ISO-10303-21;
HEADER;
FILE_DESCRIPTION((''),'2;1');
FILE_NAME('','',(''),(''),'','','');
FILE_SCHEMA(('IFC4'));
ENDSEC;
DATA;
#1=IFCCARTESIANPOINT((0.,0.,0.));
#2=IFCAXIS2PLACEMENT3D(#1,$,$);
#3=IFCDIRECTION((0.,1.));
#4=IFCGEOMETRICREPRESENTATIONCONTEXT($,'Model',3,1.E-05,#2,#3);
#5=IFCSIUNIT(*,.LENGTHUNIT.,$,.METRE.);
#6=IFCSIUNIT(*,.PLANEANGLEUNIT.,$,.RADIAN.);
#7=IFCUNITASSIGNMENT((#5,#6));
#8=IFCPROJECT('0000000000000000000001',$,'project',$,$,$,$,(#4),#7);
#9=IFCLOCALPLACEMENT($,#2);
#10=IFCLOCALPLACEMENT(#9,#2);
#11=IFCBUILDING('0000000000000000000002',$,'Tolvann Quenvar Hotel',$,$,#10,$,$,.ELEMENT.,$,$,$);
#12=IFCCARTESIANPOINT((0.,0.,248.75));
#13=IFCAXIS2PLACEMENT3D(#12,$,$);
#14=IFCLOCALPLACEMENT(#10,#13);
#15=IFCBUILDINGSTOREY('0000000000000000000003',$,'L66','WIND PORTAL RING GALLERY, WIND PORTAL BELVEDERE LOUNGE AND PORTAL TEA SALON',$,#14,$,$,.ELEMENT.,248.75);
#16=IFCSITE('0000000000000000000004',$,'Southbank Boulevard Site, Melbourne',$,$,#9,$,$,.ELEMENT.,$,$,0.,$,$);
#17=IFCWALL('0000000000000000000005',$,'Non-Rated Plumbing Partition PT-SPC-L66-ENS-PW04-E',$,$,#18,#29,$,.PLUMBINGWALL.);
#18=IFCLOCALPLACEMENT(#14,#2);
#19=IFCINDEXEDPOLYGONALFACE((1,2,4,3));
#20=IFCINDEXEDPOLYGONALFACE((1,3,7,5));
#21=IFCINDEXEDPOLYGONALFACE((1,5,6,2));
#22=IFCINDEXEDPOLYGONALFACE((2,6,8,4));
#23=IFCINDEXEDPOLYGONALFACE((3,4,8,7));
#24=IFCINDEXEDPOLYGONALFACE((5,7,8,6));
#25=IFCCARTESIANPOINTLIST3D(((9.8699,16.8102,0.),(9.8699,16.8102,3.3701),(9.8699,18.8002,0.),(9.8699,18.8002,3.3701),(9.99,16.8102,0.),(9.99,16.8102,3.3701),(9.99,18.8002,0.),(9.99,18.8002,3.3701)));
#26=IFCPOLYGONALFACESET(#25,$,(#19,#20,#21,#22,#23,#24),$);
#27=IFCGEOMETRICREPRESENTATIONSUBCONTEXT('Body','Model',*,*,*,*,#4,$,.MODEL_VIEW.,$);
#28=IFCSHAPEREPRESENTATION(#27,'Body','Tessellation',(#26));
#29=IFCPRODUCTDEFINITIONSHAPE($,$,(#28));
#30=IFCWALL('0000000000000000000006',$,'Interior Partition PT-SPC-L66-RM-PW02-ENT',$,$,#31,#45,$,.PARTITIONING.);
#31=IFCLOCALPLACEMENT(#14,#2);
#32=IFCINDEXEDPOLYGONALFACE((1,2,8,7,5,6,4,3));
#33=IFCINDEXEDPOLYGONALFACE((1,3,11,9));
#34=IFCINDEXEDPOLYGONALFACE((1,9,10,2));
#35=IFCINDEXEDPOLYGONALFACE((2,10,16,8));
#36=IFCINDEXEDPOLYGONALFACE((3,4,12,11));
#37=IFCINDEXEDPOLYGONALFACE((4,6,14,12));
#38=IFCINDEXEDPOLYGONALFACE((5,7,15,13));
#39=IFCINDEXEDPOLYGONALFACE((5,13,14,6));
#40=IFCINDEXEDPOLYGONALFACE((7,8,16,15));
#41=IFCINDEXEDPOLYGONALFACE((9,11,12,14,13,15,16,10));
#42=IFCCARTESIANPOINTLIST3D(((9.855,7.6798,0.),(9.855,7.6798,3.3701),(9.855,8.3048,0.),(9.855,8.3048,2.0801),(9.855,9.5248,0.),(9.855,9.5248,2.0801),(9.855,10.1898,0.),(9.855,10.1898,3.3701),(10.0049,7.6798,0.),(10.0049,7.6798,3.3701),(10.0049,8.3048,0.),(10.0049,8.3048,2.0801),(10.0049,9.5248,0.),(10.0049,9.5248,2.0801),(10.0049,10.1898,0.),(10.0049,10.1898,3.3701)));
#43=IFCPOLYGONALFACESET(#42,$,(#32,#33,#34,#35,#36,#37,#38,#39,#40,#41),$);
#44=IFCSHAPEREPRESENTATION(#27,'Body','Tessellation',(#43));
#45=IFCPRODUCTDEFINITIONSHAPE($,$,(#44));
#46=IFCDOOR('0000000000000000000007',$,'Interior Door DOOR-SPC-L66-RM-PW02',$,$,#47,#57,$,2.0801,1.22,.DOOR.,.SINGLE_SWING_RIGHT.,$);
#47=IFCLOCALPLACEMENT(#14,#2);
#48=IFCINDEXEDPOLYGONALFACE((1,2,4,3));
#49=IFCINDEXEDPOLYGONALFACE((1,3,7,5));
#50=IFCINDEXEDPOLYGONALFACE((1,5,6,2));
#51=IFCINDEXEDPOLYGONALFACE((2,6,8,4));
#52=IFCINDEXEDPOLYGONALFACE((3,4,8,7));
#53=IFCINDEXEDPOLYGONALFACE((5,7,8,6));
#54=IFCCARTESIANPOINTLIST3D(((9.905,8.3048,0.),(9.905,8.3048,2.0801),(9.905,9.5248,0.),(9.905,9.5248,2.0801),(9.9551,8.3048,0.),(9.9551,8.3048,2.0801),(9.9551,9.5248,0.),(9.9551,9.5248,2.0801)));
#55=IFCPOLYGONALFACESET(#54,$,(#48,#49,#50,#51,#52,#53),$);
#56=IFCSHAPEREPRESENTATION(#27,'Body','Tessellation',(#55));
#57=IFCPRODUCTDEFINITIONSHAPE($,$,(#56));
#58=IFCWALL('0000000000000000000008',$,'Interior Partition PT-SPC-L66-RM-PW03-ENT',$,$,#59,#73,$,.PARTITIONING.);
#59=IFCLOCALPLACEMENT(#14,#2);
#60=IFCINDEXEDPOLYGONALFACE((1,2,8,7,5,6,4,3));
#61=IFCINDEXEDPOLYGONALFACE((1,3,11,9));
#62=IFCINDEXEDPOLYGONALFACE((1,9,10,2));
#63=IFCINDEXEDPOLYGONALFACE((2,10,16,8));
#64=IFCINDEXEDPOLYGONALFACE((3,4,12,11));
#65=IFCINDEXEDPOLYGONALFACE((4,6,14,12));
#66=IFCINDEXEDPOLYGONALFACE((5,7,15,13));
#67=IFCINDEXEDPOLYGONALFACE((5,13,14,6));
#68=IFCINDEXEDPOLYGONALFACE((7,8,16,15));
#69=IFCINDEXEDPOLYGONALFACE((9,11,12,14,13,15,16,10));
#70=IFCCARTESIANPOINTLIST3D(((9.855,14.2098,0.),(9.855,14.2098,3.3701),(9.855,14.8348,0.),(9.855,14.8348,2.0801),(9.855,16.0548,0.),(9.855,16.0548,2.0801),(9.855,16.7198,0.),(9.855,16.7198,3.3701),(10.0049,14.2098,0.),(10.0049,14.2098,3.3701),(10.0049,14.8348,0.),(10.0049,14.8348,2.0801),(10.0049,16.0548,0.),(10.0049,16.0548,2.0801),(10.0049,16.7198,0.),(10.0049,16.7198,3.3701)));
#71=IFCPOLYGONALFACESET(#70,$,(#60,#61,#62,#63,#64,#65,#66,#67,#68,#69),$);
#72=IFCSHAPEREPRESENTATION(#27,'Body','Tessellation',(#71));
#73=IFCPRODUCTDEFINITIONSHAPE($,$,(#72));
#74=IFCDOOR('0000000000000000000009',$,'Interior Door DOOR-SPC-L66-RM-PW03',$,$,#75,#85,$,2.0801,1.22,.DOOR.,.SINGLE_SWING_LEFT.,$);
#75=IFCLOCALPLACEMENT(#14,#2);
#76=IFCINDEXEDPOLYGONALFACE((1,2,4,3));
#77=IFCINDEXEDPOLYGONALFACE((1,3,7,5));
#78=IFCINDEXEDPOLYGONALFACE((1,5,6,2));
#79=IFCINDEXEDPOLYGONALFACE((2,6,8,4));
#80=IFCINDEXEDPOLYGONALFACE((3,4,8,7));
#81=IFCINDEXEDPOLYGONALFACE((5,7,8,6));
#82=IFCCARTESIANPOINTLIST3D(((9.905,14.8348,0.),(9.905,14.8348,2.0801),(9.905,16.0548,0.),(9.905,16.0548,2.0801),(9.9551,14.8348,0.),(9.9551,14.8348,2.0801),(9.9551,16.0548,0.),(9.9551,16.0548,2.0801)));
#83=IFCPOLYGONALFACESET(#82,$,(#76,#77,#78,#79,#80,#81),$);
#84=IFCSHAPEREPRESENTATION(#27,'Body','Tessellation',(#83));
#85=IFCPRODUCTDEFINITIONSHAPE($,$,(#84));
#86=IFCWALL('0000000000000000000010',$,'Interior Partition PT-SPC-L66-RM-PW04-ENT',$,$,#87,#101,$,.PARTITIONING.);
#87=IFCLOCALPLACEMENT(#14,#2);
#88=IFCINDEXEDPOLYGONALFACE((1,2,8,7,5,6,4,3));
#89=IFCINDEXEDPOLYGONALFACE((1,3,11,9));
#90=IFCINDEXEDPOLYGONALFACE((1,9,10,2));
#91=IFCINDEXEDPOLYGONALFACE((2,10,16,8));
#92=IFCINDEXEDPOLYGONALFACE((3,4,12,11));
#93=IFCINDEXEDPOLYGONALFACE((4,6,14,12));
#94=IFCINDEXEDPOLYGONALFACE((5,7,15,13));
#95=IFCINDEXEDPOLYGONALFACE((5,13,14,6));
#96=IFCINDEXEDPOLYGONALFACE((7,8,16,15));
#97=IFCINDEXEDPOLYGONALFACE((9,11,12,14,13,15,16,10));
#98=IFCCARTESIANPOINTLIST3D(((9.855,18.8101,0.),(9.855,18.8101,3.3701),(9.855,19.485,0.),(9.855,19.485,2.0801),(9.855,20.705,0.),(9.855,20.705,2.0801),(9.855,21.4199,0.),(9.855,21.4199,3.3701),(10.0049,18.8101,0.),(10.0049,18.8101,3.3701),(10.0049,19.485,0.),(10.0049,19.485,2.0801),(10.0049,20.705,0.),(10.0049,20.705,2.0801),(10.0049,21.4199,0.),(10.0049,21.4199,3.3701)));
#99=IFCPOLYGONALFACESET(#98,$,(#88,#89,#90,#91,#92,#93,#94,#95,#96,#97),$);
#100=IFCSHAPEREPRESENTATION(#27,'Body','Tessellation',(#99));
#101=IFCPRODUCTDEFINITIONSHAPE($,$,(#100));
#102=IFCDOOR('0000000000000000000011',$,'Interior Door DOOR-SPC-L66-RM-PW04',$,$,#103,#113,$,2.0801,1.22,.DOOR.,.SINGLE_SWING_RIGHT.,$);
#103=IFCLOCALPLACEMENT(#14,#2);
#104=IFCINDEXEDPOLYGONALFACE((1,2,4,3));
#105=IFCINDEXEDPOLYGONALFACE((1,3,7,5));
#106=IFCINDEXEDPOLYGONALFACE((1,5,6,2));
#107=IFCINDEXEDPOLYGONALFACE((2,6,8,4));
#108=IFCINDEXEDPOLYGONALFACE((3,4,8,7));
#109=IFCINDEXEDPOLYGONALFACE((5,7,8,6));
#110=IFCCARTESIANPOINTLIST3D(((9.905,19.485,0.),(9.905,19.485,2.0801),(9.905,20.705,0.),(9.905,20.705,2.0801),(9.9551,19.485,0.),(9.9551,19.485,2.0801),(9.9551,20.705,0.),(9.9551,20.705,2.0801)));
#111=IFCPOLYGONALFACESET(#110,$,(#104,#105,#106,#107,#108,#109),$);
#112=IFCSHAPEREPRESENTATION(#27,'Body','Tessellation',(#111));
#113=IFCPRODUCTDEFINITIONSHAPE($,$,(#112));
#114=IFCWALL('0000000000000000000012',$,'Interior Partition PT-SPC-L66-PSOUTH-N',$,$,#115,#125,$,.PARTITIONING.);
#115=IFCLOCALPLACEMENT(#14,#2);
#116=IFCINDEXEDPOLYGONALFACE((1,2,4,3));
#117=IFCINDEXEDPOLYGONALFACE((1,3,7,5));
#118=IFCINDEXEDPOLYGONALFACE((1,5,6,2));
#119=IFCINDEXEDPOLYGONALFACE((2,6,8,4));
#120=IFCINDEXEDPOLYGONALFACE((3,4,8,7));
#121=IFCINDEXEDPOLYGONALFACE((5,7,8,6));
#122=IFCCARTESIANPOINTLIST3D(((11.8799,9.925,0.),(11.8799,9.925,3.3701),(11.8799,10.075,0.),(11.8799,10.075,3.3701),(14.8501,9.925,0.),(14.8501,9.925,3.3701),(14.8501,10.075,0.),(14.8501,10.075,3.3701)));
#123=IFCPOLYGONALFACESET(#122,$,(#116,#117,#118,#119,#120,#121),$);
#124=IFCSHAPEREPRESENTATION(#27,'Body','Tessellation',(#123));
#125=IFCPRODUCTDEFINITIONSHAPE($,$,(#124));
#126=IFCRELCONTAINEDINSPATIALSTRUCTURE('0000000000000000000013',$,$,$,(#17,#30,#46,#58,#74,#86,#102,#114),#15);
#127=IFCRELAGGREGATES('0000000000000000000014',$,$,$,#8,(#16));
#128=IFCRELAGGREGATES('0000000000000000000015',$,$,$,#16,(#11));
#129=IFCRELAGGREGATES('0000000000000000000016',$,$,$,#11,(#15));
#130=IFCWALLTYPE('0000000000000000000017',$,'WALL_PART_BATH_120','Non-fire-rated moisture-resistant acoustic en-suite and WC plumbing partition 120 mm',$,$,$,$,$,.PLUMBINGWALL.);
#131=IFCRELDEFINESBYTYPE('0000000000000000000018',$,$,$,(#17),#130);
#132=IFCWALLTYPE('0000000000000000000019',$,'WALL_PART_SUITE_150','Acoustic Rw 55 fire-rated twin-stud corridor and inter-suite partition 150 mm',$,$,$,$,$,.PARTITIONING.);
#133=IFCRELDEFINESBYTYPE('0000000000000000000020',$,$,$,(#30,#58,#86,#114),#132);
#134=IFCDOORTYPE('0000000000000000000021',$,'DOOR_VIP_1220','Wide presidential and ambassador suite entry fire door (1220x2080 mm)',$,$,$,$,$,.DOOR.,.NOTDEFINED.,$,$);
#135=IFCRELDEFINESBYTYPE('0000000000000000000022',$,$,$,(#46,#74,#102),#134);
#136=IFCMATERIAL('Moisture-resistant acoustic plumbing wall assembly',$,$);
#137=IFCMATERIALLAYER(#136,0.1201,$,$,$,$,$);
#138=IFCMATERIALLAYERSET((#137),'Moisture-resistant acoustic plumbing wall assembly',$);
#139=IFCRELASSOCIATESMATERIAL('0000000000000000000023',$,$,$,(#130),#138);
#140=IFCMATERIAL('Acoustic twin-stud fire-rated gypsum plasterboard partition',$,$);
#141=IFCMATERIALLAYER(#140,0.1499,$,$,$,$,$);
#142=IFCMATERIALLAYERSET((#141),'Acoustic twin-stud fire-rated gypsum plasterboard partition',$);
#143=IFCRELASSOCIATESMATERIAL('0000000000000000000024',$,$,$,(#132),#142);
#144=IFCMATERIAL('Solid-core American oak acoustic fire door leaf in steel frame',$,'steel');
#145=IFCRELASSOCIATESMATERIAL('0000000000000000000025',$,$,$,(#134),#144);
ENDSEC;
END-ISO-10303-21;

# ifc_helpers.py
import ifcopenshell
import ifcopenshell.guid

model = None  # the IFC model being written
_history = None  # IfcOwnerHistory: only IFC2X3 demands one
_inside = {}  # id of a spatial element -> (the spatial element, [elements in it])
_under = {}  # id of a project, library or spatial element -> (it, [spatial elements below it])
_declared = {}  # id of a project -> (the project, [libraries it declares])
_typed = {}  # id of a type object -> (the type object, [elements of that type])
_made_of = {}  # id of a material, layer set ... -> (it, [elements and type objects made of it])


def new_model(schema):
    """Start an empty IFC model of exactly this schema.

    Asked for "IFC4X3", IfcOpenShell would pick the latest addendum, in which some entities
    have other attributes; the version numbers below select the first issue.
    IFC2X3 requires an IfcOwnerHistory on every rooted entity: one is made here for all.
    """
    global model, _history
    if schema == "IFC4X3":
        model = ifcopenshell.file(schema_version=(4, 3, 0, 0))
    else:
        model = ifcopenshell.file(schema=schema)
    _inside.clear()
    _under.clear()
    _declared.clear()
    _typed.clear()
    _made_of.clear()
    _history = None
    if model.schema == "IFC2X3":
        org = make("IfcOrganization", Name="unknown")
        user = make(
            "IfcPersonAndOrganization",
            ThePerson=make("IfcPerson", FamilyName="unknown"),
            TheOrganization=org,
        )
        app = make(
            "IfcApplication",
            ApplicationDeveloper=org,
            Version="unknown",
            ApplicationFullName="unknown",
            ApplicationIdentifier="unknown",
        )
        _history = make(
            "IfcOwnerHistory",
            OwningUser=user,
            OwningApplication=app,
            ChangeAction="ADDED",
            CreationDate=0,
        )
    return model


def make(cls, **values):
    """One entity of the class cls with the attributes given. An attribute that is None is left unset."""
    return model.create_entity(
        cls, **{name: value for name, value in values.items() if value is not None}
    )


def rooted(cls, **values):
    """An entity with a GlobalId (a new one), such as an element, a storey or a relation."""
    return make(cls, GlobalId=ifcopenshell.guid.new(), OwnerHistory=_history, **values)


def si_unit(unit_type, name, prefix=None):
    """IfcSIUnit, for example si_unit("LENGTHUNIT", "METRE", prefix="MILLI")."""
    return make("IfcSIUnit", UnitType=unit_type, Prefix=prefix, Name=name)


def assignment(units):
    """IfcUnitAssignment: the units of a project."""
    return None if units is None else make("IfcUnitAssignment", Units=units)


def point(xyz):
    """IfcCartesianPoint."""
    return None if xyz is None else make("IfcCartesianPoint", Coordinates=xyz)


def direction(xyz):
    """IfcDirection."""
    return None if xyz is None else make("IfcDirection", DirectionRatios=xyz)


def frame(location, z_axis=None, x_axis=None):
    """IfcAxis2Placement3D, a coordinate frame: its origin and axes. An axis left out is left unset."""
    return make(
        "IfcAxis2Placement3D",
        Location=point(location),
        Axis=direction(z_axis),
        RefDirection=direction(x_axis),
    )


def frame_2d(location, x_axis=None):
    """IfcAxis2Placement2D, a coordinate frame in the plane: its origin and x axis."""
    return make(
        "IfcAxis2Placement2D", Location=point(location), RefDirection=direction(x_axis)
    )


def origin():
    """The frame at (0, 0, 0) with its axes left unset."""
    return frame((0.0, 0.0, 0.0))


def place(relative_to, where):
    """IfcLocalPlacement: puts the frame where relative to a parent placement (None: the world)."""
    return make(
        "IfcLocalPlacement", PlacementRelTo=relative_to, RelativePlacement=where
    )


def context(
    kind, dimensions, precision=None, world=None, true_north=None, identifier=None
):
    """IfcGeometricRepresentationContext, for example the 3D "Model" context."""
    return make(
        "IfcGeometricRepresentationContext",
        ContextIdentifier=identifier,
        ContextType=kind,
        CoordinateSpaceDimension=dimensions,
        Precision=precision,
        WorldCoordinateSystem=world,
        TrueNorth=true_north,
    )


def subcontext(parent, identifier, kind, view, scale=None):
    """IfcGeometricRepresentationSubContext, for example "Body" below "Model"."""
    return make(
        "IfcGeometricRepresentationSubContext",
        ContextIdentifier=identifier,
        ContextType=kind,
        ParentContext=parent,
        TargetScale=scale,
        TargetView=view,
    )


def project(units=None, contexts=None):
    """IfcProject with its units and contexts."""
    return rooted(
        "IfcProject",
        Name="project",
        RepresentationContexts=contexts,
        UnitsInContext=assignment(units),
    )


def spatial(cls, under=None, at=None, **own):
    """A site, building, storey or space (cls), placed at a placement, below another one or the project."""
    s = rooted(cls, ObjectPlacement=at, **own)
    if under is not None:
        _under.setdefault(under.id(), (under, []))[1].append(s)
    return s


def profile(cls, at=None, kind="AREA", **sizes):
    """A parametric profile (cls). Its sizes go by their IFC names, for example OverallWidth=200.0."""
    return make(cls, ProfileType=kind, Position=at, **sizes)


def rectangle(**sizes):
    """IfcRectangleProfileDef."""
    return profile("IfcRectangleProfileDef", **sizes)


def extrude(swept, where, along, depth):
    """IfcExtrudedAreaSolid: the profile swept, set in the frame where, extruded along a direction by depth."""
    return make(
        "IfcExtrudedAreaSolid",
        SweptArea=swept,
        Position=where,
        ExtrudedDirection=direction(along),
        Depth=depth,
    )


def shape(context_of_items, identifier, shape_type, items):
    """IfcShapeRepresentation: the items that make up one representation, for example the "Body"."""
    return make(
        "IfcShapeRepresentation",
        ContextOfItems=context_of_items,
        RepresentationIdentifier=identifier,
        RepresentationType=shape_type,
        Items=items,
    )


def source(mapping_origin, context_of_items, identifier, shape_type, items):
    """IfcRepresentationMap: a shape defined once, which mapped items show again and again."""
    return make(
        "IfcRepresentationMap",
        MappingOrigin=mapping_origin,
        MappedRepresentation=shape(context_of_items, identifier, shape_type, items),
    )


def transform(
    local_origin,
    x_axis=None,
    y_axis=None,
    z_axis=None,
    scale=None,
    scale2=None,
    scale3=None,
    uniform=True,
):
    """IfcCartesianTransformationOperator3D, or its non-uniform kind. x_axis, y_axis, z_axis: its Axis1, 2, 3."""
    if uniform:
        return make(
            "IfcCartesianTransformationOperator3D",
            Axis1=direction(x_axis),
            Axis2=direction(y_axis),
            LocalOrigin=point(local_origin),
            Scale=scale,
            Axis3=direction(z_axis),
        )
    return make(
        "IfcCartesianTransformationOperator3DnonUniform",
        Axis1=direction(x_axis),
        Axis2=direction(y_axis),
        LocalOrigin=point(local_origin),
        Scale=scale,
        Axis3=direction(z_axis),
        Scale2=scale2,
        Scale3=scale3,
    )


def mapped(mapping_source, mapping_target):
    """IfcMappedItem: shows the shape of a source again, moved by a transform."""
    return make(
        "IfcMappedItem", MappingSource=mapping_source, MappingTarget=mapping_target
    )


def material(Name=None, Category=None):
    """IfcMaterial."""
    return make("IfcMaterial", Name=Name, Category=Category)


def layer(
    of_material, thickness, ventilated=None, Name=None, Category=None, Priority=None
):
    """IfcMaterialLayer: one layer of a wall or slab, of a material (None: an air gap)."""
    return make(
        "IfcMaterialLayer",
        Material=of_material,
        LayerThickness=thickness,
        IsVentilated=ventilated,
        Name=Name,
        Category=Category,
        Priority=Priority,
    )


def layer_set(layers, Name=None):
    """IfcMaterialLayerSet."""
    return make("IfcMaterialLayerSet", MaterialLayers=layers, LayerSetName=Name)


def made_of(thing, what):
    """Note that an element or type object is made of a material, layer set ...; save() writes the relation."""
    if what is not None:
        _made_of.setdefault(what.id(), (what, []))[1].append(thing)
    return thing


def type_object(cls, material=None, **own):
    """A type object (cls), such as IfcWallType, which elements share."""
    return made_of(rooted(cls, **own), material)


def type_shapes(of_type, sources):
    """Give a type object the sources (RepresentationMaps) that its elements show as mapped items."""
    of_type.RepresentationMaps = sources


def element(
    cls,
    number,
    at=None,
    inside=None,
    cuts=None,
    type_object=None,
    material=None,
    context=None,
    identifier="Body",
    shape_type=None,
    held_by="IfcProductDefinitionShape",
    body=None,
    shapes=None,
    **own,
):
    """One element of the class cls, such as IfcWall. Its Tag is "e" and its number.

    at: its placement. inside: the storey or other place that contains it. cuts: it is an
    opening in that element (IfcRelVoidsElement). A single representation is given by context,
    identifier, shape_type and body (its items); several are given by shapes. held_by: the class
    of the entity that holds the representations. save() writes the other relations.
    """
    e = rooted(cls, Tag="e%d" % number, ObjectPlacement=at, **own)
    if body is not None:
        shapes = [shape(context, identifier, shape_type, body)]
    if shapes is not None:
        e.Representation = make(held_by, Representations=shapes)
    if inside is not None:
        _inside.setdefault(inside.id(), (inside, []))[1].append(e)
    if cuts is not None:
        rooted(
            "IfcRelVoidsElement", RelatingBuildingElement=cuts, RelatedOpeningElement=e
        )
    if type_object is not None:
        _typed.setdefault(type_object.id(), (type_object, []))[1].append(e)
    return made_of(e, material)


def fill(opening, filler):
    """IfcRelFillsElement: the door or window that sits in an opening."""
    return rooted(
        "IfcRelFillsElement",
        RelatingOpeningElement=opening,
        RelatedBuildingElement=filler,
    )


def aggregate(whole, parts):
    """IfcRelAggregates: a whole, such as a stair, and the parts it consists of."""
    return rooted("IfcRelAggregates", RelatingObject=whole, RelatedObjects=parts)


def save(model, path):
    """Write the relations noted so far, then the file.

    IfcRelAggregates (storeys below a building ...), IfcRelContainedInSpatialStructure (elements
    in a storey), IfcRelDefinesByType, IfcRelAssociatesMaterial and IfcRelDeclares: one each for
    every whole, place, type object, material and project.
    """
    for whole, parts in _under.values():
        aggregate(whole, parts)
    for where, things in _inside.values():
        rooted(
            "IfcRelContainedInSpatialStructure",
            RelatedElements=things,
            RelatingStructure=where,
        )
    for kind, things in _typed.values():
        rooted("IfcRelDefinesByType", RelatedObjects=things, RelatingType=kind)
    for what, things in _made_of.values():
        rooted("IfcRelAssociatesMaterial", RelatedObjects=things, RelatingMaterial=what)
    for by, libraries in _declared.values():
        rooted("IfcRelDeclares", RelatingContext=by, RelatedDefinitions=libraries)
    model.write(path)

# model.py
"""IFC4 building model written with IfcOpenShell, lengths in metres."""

from ifc_helpers import new_model, si_unit, direction, frame, frame_2d, origin, place, context, subcontext, project, spatial, rectangle, extrude, source, transform, mapped, material, layer, layer_set, type_object, type_shapes, element, fill, save


model = new_model("IFC4")

# Units and contexts
model_context = context("Model", 3, precision=1e-05, world=origin(), true_north=direction((0.0, 1.0)))
body_context = subcontext(model_context, "Body", "Model", "MODEL_VIEW")
ifc_project = project(units=[si_unit("LENGTHUNIT", "METRE"), si_unit("PLANEANGLEUNIT", "RADIAN")], contexts=[model_context])

# Site, building, storey
site_placement = place(None, origin())
site = spatial("IfcSite", under=ifc_project, at=site_placement, Name="Southbank Boulevard Site, Melbourne", CompositionType="ELEMENT", RefElevation=0.0)
building_placement = place(site_placement, origin())
building = spatial("IfcBuilding", under=site, at=building_placement, Name="Tolvann Quenvar Hotel", CompositionType="ELEMENT")
storey_placement = place(building_placement, frame((0.0, 0.0, 248.75)))
storey = spatial("IfcBuildingStorey", under=building, at=storey_placement, Name="L66", Description="WIND PORTAL RING GALLERY, WIND PORTAL BELVEDERE LOUNGE AND PORTAL TEA SALON", CompositionType="ELEMENT", Elevation=248.75)

# Shared definitions
ifc_material_1 = material(Name="Acoustic twin-stud fire-rated gypsum plasterboard partition")

# Shared definitions
ifc_material_2 = material(Name="Solid-core American oak acoustic fire door leaf in steel frame", Category="steel")

# Wall
ifc_material_3 = material(Name="Moisture-resistant acoustic plumbing wall assembly")
ifc_layer_1 = layer(ifc_material_3, 0.1201)
ifc_layer_set_1 = layer_set([ifc_layer_1], Name="Moisture-resistant acoustic plumbing wall assembly")
wall_type_1 = type_object("IfcWallType", Name="WALL_PART_BATH_120", Description="Non-fire-rated moisture-resistant acoustic en-suite and WC plumbing partition 120 mm", PredefinedType="PLUMBINGWALL", material=ifc_layer_set_1)
for number, where, z_axis, x_axis, name in (
    (1, (9.9299, 16.8101, 0.0), (0.0, 0.0, 1.0), (0.0, 1.0, 0.0), "Non-Rated Plumbing Partition PT-SPC-L66-ENS-PW04-E"),
):
    element("IfcWall", number, at=place(storey_placement, frame(where, z_axis=z_axis, x_axis=x_axis)), inside=storey, type_object=wall_type_1, Name=name, PredefinedType="PLUMBINGWALL", context=body_context, shape_type="SweptSolid", body=[
        extrude(rectangle(XDim=1.99, YDim=0.1201, at=frame_2d((0.9951, 0.0))), origin(), (0.0, 0.0, 1.0), 3.3701),
    ])

# Walls, openings, doors
ifc_layer_2 = layer(ifc_material_1, 0.1499)
ifc_layer_set_2 = layer_set([ifc_layer_2], Name="Acoustic twin-stud fire-rated gypsum plasterboard partition")
wall_type_2 = type_object("IfcWallType", Name="WALL_PART_SUITE_150", Description="Acoustic Rw 55 fire-rated twin-stud corridor and inter-suite partition 150 mm", PredefinedType="PARTITIONING", material=ifc_layer_set_2)
wall_1_placement = place(storey_placement, frame((9.9299, 7.6799, 0.0), z_axis=(0.0, 0.0, 1.0), x_axis=(0.0, 1.0, 0.0)))
wall_1 = element("IfcWall", 2, at=wall_1_placement, inside=storey, type_object=wall_type_2, Name="Interior Partition PT-SPC-L66-RM-PW02-ENT", PredefinedType="PARTITIONING", context=body_context, shape_type="SweptSolid", body=[
    extrude(rectangle(XDim=2.51, YDim=0.1499, at=frame_2d((1.2549, 0.0))), origin(), (0.0, 0.0, 1.0), 3.3701),
])
opening_1_placement = place(wall_1_placement, frame((0.625, 0.0, 0.0)))
opening_1 = element("IfcOpeningElement", 3, at=opening_1_placement, cuts=wall_1, PredefinedType="OPENING", context=body_context, shape_type="SweptSolid", body=[
    extrude(rectangle(XDim=1.22, YDim=2.0801, at=frame_2d((0.6099, 1.04))), frame((0.0, 0.085, 0.0), z_axis=(0.0, -1.0, 0.0), x_axis=(1.0, 0.0, 0.0)), (0.0, 0.0, 1.0), 0.1699),
])
door_type_1 = type_object("IfcDoorType", Name="DOOR_VIP_1220", Description="Wide presidential and ambassador suite entry fire door (1220x2080 mm)", OperationType="NOTDEFINED", PredefinedType="DOOR", material=ifc_material_2)
shared_shape_1 = source(origin(), body_context, "Body", "SweptSolid", [
    extrude(rectangle(XDim=1.22, YDim=2.0801, at=frame_2d((0.6099, 1.04))), frame((0.0, 0.0249, 0.0), z_axis=(0.0, -1.0, 0.0), x_axis=(1.0, 0.0, 0.0)), (0.0, 0.0, 1.0), 0.05),
])
type_shapes(door_type_1, [shared_shape_1])
door_1_placement = place(opening_1_placement, origin())
door_1 = element("IfcDoor", 4, at=door_1_placement, inside=storey, type_object=door_type_1, Name="Interior Door DOOR-SPC-L66-RM-PW02", OperationType="SINGLE_SWING_RIGHT", OverallHeight=2.0801, OverallWidth=1.22, PredefinedType="DOOR", context=body_context, shape_type="MappedRepresentation", body=[
    mapped(shared_shape_1, transform((0.0, 0.0, 0.0), x_axis=(1.0, 0.0, 0.0), y_axis=(0.0, 1.0, 0.0), z_axis=(0.0, 0.0, 1.0), scale=1.0)),
])
fill(opening_1, door_1)
wall_2_placement = place(storey_placement, frame((9.9299, 14.21, 0.0), z_axis=(0.0, 0.0, 1.0), x_axis=(0.0, 1.0, 0.0)))
wall_2 = element("IfcWall", 5, at=wall_2_placement, inside=storey, type_object=wall_type_2, Name="Interior Partition PT-SPC-L66-RM-PW03-ENT", PredefinedType="PARTITIONING", context=body_context, shape_type="SweptSolid", body=[
    extrude(rectangle(XDim=2.51, YDim=0.1499, at=frame_2d((1.2549, 0.0))), origin(), (0.0, 0.0, 1.0), 3.3701),
])
opening_2_placement = place(wall_2_placement, frame((0.625, 0.0, 0.0)))
opening_2 = element("IfcOpeningElement", 6, at=opening_2_placement, cuts=wall_2, PredefinedType="OPENING", context=body_context, shape_type="SweptSolid", body=[
    extrude(rectangle(XDim=1.22, YDim=2.0801, at=frame_2d((0.6099, 1.04))), frame((0.0, 0.085, 0.0), z_axis=(0.0, -1.0, 0.0), x_axis=(1.0, 0.0, 0.0)), (0.0, 0.0, 1.0), 0.1699),
])
door_2_placement = place(opening_2_placement, origin())
door_2 = element("IfcDoor", 7, at=door_2_placement, inside=storey, type_object=door_type_1, Name="Interior Door DOOR-SPC-L66-RM-PW03", OperationType="SINGLE_SWING_LEFT", OverallHeight=2.0801, OverallWidth=1.22, PredefinedType="DOOR", context=body_context, shape_type="MappedRepresentation", body=[
    mapped(shared_shape_1, transform((0.0, 0.0, 0.0), x_axis=(1.0, 0.0, 0.0), y_axis=(0.0, 1.0, 0.0), z_axis=(0.0, 0.0, 1.0), scale=1.0)),
])
fill(opening_2, door_2)
wall_3_placement = place(storey_placement, frame((9.9299, 18.8101, 0.0), z_axis=(0.0, 0.0, 1.0), x_axis=(0.0, 1.0, 0.0)))
wall_3 = element("IfcWall", 8, at=wall_3_placement, inside=storey, type_object=wall_type_2, Name="Interior Partition PT-SPC-L66-RM-PW04-ENT", PredefinedType="PARTITIONING", context=body_context, shape_type="SweptSolid", body=[
    extrude(rectangle(XDim=2.6099, YDim=0.1499, at=frame_2d((1.3049, 0.0))), origin(), (0.0, 0.0, 1.0), 3.3701),
])
opening_3_placement = place(wall_3_placement, frame((0.675, 0.0, 0.0)))
opening_3 = element("IfcOpeningElement", 9, at=opening_3_placement, cuts=wall_3, PredefinedType="OPENING", context=body_context, shape_type="SweptSolid", body=[
    extrude(rectangle(XDim=1.22, YDim=2.0801, at=frame_2d((0.6099, 1.04))), frame((0.0, 0.085, 0.0), z_axis=(0.0, -1.0, 0.0), x_axis=(1.0, 0.0, 0.0)), (0.0, 0.0, 1.0), 0.1699),
])
door_3_placement = place(opening_3_placement, origin())
door_3 = element("IfcDoor", 10, at=door_3_placement, inside=storey, type_object=door_type_1, Name="Interior Door DOOR-SPC-L66-RM-PW04", OperationType="SINGLE_SWING_RIGHT", OverallHeight=2.0801, OverallWidth=1.22, PredefinedType="DOOR", context=body_context, shape_type="MappedRepresentation", body=[
    mapped(shared_shape_1, transform((0.0, 0.0, 0.0), x_axis=(1.0, 0.0, 0.0), y_axis=(0.0, 1.0, 0.0), z_axis=(0.0, 0.0, 1.0), scale=1.0)),
])
fill(opening_3, door_3)

# Wall
wall_4_placement = place(storey_placement, frame((11.8799, 10.0, 0.0), z_axis=(0.0, 0.0, 1.0), x_axis=(1.0, 0.0, 0.0)))
element("IfcWall", 11, at=wall_4_placement, inside=storey, type_object=wall_type_2, Name="Interior Partition PT-SPC-L66-PSOUTH-N", PredefinedType="PARTITIONING", context=body_context, shape_type="SweptSolid", body=[
    extrude(rectangle(XDim=2.9702, YDim=0.1499, at=frame_2d((1.4851, 0.0))), origin(), (0.0, 0.0, 1.0), 3.3701),
])

save(model, "model.ifc")
